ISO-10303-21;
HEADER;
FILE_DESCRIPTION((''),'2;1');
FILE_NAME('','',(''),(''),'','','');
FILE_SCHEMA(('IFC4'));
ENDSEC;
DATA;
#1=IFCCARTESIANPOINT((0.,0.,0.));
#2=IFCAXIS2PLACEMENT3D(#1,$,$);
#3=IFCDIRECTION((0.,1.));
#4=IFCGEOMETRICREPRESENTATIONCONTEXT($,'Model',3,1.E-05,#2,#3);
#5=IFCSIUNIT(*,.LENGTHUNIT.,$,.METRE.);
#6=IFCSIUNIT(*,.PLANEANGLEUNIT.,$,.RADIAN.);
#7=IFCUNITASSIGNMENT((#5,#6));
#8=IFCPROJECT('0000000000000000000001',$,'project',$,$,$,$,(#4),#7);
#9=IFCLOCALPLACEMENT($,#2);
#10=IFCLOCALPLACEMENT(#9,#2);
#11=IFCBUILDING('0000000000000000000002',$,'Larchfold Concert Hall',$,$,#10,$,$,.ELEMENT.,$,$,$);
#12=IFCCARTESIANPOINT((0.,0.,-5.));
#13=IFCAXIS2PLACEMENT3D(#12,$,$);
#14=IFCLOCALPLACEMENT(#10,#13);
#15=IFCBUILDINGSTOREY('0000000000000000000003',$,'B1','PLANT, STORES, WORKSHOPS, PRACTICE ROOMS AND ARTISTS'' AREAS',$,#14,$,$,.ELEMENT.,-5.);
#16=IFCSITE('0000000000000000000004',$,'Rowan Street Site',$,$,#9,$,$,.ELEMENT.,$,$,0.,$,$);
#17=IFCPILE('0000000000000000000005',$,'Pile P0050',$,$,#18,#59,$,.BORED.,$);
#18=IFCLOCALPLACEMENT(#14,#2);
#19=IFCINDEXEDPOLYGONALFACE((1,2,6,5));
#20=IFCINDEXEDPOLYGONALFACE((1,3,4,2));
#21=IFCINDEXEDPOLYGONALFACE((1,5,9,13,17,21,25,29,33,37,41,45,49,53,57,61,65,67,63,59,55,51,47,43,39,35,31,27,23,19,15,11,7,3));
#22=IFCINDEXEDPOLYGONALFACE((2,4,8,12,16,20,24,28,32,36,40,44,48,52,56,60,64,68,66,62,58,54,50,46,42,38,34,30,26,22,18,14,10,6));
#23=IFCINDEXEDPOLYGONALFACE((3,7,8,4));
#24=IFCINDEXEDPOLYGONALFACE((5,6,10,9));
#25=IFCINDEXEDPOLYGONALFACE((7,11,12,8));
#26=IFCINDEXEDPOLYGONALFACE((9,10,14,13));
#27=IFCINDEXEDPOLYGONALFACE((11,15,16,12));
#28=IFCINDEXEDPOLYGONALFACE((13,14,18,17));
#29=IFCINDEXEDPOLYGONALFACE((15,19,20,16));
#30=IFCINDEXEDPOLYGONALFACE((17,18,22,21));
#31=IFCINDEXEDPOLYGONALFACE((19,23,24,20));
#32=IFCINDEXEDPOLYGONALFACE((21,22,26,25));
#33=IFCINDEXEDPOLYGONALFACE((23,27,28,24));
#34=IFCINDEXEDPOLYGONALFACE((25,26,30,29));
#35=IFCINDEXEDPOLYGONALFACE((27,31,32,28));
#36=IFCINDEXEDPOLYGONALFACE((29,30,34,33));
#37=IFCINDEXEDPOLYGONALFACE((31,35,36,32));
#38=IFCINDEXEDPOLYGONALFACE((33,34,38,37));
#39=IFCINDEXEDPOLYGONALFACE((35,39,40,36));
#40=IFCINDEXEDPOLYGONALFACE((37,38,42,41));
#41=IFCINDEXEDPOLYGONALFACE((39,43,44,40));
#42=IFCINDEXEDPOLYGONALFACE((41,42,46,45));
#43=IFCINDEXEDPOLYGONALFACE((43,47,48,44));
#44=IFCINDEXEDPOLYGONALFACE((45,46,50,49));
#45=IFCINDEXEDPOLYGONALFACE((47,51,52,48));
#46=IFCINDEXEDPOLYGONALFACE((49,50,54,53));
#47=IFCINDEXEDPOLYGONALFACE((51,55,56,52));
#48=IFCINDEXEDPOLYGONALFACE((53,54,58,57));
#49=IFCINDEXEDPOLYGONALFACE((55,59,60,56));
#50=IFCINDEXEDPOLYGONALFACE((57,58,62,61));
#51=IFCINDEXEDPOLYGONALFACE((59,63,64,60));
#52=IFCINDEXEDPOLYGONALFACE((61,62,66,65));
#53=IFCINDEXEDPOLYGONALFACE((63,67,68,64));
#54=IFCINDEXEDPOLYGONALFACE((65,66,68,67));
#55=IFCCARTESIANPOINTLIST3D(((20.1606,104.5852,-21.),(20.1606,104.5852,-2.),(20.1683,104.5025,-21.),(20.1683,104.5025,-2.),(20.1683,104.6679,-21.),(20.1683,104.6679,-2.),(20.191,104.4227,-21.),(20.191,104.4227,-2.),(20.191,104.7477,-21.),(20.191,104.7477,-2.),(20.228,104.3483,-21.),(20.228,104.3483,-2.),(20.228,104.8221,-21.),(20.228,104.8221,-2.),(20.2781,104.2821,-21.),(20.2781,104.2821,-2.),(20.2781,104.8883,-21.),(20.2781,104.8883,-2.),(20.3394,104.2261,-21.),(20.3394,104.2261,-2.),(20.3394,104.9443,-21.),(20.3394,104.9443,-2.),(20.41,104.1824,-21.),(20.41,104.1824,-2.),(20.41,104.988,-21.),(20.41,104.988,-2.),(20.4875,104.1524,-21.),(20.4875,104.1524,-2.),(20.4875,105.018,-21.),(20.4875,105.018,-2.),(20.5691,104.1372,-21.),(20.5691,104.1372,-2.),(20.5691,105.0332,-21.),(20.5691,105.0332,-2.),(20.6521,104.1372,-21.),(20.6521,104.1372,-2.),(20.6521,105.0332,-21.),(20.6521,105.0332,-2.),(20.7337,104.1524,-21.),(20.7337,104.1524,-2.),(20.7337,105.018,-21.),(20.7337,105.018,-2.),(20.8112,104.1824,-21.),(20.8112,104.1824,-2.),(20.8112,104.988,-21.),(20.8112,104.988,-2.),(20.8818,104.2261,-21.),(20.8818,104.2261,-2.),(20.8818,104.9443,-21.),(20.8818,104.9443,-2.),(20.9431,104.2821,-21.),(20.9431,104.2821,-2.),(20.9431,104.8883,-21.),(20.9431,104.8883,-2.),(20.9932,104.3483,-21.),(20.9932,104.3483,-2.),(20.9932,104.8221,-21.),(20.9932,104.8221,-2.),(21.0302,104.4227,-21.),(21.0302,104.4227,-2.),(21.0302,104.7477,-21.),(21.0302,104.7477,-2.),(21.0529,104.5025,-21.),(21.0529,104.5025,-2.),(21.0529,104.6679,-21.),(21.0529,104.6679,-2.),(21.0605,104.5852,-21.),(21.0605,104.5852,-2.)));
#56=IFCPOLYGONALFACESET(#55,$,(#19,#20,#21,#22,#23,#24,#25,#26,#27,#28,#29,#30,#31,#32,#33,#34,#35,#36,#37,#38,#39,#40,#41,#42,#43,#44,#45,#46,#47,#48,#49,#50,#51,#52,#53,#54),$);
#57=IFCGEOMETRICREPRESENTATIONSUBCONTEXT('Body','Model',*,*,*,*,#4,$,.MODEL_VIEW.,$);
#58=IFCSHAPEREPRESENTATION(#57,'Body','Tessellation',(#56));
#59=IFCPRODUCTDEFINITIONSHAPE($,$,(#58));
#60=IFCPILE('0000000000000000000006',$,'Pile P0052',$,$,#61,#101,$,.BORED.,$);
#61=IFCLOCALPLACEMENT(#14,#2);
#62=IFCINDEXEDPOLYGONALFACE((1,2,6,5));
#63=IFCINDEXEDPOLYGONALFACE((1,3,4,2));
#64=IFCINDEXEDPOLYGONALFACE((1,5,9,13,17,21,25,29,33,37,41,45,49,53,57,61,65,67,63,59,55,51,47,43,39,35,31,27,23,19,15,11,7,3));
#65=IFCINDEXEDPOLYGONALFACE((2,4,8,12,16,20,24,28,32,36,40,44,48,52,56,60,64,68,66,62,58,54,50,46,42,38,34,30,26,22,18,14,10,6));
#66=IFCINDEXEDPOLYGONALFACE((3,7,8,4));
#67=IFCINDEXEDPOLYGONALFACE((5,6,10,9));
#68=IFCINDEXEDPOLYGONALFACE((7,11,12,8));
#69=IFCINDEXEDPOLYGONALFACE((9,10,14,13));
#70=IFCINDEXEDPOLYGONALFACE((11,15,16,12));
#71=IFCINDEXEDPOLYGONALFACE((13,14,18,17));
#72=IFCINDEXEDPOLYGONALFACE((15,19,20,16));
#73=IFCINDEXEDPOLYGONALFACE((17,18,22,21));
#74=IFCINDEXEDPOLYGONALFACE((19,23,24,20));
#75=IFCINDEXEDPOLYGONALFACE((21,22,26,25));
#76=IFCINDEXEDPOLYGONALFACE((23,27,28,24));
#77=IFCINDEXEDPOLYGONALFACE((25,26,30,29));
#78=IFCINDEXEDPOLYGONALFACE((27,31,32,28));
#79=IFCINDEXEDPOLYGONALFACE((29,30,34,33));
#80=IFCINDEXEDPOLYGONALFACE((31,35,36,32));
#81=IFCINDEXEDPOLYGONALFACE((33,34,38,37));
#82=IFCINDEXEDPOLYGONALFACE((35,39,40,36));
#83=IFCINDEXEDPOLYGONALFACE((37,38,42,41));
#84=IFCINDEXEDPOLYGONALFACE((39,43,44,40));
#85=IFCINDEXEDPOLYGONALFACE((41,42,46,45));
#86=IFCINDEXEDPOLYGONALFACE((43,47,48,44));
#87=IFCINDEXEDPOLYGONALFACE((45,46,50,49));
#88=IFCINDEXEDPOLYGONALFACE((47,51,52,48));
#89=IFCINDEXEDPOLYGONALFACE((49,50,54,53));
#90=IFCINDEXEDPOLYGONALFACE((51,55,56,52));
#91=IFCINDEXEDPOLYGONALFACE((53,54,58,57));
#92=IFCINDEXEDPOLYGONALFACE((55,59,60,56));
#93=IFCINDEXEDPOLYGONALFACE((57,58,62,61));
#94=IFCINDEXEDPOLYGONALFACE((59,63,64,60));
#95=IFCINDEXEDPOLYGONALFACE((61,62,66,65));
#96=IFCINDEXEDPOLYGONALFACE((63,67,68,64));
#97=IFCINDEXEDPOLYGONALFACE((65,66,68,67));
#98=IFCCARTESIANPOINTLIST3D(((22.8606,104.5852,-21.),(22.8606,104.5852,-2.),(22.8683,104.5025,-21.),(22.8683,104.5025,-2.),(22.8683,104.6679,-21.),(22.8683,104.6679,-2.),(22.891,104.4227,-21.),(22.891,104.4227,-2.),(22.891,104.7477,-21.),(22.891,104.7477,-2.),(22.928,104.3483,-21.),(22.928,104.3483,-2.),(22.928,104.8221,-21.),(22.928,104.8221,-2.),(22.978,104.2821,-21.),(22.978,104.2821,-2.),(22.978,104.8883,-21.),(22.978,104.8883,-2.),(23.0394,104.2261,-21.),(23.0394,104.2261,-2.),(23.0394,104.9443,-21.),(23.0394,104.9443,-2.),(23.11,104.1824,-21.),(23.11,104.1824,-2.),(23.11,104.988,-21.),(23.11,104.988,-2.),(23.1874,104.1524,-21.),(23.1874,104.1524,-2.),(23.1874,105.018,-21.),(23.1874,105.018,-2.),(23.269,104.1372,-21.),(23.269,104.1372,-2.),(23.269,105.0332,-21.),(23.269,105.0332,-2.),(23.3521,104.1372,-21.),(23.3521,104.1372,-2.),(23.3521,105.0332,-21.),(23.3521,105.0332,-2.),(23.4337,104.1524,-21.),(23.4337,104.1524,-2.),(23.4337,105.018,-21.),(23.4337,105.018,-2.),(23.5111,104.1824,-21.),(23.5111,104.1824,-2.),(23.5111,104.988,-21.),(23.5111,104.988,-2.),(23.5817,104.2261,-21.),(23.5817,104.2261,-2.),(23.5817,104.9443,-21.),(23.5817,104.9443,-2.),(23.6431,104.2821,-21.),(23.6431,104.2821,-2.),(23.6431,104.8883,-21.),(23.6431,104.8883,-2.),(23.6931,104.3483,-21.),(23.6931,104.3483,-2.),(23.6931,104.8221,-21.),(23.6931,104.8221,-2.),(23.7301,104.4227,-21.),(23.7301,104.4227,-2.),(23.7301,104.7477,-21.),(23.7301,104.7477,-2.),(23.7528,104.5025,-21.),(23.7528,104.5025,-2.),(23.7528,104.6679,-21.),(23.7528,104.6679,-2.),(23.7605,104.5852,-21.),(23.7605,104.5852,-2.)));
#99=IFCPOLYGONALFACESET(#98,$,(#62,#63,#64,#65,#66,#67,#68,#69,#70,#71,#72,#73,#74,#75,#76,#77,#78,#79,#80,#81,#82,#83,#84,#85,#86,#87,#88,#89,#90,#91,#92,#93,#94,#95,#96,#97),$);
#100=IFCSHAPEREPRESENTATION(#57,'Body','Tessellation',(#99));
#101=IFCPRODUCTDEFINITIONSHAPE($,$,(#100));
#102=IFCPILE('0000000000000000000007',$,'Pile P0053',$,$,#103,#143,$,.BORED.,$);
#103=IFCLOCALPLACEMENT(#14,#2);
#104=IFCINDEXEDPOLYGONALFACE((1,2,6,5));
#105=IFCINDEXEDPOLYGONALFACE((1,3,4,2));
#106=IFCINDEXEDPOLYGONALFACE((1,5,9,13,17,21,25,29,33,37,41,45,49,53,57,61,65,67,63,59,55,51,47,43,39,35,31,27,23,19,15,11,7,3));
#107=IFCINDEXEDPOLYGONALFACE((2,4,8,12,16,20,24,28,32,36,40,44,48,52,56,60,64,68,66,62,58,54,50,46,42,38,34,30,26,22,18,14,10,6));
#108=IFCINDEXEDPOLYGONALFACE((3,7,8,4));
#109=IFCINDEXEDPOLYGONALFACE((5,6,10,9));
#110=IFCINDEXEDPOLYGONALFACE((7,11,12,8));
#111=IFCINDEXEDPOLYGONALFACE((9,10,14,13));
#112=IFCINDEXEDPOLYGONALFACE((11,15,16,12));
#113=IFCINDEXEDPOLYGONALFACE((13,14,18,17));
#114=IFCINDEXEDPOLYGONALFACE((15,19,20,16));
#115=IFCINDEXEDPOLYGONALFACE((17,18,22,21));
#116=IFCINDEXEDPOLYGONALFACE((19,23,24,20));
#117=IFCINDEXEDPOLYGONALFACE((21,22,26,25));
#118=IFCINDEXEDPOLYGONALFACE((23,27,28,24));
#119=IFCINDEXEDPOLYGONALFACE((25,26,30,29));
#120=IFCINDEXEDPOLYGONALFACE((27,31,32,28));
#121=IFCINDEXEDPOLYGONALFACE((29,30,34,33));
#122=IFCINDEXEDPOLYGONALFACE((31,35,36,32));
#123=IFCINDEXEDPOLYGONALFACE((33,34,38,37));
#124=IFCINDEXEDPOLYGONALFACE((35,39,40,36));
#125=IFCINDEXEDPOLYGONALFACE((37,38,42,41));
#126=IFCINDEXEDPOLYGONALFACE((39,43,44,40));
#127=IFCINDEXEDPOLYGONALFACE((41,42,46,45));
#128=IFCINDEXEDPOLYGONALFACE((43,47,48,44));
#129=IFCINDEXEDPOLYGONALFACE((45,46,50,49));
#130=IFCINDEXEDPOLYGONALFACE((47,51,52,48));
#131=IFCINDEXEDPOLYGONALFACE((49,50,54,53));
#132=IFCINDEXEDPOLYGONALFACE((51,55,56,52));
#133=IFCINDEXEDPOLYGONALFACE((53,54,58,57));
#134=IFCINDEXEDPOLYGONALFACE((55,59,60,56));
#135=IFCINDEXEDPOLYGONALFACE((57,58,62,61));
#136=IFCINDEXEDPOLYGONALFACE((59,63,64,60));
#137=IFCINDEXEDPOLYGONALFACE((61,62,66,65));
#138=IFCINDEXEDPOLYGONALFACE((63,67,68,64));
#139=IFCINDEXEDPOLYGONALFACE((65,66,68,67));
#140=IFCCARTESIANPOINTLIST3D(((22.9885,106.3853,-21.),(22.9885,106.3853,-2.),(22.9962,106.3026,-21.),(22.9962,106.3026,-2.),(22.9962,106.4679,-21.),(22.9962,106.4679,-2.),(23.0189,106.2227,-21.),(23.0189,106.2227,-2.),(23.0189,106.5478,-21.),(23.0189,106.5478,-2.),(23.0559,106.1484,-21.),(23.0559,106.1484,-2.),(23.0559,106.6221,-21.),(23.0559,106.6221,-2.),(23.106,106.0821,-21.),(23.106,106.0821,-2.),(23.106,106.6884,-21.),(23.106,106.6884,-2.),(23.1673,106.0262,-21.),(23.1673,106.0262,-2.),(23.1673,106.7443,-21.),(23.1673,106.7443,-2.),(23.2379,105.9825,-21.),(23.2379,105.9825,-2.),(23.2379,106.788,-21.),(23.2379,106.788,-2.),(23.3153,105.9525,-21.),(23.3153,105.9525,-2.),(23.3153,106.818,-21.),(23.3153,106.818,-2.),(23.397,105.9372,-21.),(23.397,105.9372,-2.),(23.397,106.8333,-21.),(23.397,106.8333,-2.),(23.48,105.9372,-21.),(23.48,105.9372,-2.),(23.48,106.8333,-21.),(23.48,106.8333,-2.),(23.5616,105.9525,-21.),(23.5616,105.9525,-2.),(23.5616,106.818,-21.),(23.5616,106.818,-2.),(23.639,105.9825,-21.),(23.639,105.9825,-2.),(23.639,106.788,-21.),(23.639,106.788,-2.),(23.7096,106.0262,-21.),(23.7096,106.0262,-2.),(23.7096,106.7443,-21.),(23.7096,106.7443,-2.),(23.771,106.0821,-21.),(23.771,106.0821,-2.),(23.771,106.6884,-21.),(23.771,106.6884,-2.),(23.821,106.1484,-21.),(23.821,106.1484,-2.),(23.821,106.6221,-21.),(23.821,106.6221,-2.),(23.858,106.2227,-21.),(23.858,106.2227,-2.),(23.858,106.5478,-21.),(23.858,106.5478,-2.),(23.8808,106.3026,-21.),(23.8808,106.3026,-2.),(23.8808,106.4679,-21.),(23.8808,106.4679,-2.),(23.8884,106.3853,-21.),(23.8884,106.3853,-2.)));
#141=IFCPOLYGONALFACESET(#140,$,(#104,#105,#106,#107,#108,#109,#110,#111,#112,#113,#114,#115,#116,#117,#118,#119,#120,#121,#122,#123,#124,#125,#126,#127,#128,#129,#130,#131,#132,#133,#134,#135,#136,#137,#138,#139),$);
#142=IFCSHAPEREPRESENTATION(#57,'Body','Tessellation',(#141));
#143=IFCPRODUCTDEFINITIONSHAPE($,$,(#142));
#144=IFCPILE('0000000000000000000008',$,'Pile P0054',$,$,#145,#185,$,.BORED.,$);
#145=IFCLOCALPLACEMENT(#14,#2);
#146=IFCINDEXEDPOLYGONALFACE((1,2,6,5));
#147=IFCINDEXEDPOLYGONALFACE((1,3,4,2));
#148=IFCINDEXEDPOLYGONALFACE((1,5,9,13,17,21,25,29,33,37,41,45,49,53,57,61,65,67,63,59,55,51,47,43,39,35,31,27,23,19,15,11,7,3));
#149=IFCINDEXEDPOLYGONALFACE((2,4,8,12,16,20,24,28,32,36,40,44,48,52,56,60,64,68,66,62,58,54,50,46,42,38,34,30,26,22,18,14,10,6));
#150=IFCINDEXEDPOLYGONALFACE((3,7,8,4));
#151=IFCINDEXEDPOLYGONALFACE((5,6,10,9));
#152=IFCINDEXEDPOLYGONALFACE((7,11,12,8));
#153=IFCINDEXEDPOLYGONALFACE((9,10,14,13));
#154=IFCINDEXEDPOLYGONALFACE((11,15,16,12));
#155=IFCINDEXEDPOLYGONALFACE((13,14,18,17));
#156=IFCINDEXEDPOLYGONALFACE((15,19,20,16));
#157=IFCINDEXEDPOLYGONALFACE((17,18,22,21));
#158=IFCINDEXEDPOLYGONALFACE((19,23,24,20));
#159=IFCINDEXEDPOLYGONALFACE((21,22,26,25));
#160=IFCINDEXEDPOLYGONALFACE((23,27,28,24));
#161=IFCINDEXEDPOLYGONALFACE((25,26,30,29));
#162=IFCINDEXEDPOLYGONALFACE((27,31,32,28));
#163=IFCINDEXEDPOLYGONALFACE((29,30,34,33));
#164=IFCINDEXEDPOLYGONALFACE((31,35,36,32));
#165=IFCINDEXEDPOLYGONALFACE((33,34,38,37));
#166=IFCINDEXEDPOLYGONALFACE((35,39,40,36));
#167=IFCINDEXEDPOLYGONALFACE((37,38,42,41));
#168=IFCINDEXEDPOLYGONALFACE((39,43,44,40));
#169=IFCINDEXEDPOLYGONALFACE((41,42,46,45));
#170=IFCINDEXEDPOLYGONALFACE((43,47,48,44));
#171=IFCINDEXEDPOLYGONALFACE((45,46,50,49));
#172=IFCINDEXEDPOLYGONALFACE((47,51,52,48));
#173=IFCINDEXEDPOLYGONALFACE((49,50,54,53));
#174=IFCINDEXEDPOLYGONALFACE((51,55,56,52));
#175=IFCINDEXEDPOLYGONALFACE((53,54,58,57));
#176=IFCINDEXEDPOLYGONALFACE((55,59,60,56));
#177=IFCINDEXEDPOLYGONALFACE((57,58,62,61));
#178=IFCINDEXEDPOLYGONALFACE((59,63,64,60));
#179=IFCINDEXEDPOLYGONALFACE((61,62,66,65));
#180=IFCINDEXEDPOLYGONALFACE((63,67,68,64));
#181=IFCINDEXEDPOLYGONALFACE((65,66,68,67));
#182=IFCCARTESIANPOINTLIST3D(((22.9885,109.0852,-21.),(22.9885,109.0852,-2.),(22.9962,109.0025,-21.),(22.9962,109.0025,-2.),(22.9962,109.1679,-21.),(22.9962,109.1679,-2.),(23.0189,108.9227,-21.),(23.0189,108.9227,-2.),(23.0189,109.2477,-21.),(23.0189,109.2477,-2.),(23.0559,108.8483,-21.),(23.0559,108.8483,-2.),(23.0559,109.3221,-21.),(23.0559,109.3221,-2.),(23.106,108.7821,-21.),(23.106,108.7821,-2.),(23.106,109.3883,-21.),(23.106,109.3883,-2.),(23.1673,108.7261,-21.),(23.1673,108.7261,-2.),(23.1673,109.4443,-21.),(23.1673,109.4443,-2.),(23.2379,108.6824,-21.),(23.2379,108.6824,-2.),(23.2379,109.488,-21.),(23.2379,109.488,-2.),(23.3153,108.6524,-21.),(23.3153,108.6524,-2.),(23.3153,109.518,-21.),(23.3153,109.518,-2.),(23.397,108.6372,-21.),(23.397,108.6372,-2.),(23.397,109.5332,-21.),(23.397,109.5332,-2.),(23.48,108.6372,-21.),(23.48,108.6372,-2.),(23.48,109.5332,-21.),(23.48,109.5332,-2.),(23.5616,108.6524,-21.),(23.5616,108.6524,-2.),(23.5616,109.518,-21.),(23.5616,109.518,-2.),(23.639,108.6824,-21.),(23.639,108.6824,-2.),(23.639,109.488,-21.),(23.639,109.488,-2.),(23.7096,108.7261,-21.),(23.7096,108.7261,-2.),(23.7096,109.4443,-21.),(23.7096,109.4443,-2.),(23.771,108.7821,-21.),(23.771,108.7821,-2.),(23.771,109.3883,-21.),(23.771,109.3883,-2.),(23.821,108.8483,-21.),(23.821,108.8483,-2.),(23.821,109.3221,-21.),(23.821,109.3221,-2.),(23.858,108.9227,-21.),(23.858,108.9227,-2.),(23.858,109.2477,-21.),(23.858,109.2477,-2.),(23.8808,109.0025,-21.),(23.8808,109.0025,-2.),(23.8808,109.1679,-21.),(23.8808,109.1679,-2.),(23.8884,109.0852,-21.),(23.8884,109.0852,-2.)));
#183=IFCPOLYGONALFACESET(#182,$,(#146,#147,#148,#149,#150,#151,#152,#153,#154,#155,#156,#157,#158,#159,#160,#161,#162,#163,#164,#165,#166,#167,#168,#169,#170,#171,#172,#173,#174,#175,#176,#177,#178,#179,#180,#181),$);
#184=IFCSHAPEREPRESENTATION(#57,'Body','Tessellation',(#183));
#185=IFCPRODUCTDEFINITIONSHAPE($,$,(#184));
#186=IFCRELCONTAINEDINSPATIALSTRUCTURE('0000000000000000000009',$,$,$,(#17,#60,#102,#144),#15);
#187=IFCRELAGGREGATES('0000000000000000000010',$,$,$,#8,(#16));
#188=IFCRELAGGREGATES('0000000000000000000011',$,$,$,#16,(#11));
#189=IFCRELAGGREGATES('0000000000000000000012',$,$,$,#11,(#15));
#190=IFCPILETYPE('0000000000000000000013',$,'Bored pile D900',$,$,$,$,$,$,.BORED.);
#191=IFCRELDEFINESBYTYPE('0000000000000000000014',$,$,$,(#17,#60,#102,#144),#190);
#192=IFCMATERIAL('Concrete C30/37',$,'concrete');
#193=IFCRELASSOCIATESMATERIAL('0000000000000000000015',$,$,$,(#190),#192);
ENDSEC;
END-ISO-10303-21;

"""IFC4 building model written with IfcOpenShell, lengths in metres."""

from ifc_helpers import new_model, si_unit, direction, frame, origin, origin_2d, place, context, subcontext, project, spatial, circle, extrude, material, material_profile, profile_set, type_object, element, save


model = new_model("IFC4")

# Units and contexts
model_context = context("Model", 3, precision=1e-05, world=origin(), true_north=direction((0.0, 1.0)))
body_context = subcontext(model_context, "Body", "Model", "MODEL_VIEW")
ifc_project = project(units=[si_unit("LENGTHUNIT", "METRE"), si_unit("PLANEANGLEUNIT", "RADIAN")], contexts=[model_context])

# Site, building, storey
site_placement = place(None, origin())
site = spatial("IfcSite", under=ifc_project, at=site_placement, Name="Rowan Street Site", CompositionType="ELEMENT", RefElevation=0.0)
building_placement = place(site_placement, origin())
building = spatial("IfcBuilding", under=site, at=building_placement, Name="Larchfold Concert Hall", CompositionType="ELEMENT")
storey_placement = place(building_placement, frame((0.0, 0.0, -5.0)))
storey = spatial("IfcBuildingStorey", under=building, at=storey_placement, Name="B1", Description="PLANT, STORES, WORKSHOPS, PRACTICE ROOMS AND ARTISTS' AREAS", CompositionType="ELEMENT", Elevation=-5.0)

# Piles
ifc_material_1 = material(Name="Concrete C30/37", Category="concrete")
ifc_material_profile_1 = material_profile(ifc_material_1, circle(Radius=0.45, at=origin_2d()))
ifc_profile_set_1 = profile_set([ifc_material_profile_1], Name="Concrete C30/37")
pile_type = type_object("IfcPileType", Name="Bored pile D900", PredefinedType="BORED", material=ifc_profile_set_1)
for number, where, z_axis, x_axis, name in (
    (1, (20.6106, 104.5852, -2.0), (0.0, 0.0, -1.0), (1.0, 0.0, 0.0), "Pile P0050"),
    (2, (23.3105, 104.5852, -2.0), (0.0, 0.0, -1.0), (1.0, 0.0, 0.0), "Pile P0052"),
    (3, (23.4385, 106.3853, -2.0), (0.0, 0.0, -1.0), (1.0, 0.0, 0.0), "Pile P0053"),
    (4, (23.4385, 109.0852, -2.0), (0.0, 0.0, -1.0), (1.0, 0.0, 0.0), "Pile P0054"),
):
    element("IfcPile", number, at=place(storey_placement, frame(where, z_axis=z_axis, x_axis=x_axis)), inside=storey, type_object=pile_type, Name=name, PredefinedType="BORED", context=body_context, shape_type="SweptSolid", body=[
        extrude(circle(Radius=0.45, at=origin_2d()), origin(), (0.0, 0.0, 1.0), 19.0),
    ])

save(model, "model.ifc")
